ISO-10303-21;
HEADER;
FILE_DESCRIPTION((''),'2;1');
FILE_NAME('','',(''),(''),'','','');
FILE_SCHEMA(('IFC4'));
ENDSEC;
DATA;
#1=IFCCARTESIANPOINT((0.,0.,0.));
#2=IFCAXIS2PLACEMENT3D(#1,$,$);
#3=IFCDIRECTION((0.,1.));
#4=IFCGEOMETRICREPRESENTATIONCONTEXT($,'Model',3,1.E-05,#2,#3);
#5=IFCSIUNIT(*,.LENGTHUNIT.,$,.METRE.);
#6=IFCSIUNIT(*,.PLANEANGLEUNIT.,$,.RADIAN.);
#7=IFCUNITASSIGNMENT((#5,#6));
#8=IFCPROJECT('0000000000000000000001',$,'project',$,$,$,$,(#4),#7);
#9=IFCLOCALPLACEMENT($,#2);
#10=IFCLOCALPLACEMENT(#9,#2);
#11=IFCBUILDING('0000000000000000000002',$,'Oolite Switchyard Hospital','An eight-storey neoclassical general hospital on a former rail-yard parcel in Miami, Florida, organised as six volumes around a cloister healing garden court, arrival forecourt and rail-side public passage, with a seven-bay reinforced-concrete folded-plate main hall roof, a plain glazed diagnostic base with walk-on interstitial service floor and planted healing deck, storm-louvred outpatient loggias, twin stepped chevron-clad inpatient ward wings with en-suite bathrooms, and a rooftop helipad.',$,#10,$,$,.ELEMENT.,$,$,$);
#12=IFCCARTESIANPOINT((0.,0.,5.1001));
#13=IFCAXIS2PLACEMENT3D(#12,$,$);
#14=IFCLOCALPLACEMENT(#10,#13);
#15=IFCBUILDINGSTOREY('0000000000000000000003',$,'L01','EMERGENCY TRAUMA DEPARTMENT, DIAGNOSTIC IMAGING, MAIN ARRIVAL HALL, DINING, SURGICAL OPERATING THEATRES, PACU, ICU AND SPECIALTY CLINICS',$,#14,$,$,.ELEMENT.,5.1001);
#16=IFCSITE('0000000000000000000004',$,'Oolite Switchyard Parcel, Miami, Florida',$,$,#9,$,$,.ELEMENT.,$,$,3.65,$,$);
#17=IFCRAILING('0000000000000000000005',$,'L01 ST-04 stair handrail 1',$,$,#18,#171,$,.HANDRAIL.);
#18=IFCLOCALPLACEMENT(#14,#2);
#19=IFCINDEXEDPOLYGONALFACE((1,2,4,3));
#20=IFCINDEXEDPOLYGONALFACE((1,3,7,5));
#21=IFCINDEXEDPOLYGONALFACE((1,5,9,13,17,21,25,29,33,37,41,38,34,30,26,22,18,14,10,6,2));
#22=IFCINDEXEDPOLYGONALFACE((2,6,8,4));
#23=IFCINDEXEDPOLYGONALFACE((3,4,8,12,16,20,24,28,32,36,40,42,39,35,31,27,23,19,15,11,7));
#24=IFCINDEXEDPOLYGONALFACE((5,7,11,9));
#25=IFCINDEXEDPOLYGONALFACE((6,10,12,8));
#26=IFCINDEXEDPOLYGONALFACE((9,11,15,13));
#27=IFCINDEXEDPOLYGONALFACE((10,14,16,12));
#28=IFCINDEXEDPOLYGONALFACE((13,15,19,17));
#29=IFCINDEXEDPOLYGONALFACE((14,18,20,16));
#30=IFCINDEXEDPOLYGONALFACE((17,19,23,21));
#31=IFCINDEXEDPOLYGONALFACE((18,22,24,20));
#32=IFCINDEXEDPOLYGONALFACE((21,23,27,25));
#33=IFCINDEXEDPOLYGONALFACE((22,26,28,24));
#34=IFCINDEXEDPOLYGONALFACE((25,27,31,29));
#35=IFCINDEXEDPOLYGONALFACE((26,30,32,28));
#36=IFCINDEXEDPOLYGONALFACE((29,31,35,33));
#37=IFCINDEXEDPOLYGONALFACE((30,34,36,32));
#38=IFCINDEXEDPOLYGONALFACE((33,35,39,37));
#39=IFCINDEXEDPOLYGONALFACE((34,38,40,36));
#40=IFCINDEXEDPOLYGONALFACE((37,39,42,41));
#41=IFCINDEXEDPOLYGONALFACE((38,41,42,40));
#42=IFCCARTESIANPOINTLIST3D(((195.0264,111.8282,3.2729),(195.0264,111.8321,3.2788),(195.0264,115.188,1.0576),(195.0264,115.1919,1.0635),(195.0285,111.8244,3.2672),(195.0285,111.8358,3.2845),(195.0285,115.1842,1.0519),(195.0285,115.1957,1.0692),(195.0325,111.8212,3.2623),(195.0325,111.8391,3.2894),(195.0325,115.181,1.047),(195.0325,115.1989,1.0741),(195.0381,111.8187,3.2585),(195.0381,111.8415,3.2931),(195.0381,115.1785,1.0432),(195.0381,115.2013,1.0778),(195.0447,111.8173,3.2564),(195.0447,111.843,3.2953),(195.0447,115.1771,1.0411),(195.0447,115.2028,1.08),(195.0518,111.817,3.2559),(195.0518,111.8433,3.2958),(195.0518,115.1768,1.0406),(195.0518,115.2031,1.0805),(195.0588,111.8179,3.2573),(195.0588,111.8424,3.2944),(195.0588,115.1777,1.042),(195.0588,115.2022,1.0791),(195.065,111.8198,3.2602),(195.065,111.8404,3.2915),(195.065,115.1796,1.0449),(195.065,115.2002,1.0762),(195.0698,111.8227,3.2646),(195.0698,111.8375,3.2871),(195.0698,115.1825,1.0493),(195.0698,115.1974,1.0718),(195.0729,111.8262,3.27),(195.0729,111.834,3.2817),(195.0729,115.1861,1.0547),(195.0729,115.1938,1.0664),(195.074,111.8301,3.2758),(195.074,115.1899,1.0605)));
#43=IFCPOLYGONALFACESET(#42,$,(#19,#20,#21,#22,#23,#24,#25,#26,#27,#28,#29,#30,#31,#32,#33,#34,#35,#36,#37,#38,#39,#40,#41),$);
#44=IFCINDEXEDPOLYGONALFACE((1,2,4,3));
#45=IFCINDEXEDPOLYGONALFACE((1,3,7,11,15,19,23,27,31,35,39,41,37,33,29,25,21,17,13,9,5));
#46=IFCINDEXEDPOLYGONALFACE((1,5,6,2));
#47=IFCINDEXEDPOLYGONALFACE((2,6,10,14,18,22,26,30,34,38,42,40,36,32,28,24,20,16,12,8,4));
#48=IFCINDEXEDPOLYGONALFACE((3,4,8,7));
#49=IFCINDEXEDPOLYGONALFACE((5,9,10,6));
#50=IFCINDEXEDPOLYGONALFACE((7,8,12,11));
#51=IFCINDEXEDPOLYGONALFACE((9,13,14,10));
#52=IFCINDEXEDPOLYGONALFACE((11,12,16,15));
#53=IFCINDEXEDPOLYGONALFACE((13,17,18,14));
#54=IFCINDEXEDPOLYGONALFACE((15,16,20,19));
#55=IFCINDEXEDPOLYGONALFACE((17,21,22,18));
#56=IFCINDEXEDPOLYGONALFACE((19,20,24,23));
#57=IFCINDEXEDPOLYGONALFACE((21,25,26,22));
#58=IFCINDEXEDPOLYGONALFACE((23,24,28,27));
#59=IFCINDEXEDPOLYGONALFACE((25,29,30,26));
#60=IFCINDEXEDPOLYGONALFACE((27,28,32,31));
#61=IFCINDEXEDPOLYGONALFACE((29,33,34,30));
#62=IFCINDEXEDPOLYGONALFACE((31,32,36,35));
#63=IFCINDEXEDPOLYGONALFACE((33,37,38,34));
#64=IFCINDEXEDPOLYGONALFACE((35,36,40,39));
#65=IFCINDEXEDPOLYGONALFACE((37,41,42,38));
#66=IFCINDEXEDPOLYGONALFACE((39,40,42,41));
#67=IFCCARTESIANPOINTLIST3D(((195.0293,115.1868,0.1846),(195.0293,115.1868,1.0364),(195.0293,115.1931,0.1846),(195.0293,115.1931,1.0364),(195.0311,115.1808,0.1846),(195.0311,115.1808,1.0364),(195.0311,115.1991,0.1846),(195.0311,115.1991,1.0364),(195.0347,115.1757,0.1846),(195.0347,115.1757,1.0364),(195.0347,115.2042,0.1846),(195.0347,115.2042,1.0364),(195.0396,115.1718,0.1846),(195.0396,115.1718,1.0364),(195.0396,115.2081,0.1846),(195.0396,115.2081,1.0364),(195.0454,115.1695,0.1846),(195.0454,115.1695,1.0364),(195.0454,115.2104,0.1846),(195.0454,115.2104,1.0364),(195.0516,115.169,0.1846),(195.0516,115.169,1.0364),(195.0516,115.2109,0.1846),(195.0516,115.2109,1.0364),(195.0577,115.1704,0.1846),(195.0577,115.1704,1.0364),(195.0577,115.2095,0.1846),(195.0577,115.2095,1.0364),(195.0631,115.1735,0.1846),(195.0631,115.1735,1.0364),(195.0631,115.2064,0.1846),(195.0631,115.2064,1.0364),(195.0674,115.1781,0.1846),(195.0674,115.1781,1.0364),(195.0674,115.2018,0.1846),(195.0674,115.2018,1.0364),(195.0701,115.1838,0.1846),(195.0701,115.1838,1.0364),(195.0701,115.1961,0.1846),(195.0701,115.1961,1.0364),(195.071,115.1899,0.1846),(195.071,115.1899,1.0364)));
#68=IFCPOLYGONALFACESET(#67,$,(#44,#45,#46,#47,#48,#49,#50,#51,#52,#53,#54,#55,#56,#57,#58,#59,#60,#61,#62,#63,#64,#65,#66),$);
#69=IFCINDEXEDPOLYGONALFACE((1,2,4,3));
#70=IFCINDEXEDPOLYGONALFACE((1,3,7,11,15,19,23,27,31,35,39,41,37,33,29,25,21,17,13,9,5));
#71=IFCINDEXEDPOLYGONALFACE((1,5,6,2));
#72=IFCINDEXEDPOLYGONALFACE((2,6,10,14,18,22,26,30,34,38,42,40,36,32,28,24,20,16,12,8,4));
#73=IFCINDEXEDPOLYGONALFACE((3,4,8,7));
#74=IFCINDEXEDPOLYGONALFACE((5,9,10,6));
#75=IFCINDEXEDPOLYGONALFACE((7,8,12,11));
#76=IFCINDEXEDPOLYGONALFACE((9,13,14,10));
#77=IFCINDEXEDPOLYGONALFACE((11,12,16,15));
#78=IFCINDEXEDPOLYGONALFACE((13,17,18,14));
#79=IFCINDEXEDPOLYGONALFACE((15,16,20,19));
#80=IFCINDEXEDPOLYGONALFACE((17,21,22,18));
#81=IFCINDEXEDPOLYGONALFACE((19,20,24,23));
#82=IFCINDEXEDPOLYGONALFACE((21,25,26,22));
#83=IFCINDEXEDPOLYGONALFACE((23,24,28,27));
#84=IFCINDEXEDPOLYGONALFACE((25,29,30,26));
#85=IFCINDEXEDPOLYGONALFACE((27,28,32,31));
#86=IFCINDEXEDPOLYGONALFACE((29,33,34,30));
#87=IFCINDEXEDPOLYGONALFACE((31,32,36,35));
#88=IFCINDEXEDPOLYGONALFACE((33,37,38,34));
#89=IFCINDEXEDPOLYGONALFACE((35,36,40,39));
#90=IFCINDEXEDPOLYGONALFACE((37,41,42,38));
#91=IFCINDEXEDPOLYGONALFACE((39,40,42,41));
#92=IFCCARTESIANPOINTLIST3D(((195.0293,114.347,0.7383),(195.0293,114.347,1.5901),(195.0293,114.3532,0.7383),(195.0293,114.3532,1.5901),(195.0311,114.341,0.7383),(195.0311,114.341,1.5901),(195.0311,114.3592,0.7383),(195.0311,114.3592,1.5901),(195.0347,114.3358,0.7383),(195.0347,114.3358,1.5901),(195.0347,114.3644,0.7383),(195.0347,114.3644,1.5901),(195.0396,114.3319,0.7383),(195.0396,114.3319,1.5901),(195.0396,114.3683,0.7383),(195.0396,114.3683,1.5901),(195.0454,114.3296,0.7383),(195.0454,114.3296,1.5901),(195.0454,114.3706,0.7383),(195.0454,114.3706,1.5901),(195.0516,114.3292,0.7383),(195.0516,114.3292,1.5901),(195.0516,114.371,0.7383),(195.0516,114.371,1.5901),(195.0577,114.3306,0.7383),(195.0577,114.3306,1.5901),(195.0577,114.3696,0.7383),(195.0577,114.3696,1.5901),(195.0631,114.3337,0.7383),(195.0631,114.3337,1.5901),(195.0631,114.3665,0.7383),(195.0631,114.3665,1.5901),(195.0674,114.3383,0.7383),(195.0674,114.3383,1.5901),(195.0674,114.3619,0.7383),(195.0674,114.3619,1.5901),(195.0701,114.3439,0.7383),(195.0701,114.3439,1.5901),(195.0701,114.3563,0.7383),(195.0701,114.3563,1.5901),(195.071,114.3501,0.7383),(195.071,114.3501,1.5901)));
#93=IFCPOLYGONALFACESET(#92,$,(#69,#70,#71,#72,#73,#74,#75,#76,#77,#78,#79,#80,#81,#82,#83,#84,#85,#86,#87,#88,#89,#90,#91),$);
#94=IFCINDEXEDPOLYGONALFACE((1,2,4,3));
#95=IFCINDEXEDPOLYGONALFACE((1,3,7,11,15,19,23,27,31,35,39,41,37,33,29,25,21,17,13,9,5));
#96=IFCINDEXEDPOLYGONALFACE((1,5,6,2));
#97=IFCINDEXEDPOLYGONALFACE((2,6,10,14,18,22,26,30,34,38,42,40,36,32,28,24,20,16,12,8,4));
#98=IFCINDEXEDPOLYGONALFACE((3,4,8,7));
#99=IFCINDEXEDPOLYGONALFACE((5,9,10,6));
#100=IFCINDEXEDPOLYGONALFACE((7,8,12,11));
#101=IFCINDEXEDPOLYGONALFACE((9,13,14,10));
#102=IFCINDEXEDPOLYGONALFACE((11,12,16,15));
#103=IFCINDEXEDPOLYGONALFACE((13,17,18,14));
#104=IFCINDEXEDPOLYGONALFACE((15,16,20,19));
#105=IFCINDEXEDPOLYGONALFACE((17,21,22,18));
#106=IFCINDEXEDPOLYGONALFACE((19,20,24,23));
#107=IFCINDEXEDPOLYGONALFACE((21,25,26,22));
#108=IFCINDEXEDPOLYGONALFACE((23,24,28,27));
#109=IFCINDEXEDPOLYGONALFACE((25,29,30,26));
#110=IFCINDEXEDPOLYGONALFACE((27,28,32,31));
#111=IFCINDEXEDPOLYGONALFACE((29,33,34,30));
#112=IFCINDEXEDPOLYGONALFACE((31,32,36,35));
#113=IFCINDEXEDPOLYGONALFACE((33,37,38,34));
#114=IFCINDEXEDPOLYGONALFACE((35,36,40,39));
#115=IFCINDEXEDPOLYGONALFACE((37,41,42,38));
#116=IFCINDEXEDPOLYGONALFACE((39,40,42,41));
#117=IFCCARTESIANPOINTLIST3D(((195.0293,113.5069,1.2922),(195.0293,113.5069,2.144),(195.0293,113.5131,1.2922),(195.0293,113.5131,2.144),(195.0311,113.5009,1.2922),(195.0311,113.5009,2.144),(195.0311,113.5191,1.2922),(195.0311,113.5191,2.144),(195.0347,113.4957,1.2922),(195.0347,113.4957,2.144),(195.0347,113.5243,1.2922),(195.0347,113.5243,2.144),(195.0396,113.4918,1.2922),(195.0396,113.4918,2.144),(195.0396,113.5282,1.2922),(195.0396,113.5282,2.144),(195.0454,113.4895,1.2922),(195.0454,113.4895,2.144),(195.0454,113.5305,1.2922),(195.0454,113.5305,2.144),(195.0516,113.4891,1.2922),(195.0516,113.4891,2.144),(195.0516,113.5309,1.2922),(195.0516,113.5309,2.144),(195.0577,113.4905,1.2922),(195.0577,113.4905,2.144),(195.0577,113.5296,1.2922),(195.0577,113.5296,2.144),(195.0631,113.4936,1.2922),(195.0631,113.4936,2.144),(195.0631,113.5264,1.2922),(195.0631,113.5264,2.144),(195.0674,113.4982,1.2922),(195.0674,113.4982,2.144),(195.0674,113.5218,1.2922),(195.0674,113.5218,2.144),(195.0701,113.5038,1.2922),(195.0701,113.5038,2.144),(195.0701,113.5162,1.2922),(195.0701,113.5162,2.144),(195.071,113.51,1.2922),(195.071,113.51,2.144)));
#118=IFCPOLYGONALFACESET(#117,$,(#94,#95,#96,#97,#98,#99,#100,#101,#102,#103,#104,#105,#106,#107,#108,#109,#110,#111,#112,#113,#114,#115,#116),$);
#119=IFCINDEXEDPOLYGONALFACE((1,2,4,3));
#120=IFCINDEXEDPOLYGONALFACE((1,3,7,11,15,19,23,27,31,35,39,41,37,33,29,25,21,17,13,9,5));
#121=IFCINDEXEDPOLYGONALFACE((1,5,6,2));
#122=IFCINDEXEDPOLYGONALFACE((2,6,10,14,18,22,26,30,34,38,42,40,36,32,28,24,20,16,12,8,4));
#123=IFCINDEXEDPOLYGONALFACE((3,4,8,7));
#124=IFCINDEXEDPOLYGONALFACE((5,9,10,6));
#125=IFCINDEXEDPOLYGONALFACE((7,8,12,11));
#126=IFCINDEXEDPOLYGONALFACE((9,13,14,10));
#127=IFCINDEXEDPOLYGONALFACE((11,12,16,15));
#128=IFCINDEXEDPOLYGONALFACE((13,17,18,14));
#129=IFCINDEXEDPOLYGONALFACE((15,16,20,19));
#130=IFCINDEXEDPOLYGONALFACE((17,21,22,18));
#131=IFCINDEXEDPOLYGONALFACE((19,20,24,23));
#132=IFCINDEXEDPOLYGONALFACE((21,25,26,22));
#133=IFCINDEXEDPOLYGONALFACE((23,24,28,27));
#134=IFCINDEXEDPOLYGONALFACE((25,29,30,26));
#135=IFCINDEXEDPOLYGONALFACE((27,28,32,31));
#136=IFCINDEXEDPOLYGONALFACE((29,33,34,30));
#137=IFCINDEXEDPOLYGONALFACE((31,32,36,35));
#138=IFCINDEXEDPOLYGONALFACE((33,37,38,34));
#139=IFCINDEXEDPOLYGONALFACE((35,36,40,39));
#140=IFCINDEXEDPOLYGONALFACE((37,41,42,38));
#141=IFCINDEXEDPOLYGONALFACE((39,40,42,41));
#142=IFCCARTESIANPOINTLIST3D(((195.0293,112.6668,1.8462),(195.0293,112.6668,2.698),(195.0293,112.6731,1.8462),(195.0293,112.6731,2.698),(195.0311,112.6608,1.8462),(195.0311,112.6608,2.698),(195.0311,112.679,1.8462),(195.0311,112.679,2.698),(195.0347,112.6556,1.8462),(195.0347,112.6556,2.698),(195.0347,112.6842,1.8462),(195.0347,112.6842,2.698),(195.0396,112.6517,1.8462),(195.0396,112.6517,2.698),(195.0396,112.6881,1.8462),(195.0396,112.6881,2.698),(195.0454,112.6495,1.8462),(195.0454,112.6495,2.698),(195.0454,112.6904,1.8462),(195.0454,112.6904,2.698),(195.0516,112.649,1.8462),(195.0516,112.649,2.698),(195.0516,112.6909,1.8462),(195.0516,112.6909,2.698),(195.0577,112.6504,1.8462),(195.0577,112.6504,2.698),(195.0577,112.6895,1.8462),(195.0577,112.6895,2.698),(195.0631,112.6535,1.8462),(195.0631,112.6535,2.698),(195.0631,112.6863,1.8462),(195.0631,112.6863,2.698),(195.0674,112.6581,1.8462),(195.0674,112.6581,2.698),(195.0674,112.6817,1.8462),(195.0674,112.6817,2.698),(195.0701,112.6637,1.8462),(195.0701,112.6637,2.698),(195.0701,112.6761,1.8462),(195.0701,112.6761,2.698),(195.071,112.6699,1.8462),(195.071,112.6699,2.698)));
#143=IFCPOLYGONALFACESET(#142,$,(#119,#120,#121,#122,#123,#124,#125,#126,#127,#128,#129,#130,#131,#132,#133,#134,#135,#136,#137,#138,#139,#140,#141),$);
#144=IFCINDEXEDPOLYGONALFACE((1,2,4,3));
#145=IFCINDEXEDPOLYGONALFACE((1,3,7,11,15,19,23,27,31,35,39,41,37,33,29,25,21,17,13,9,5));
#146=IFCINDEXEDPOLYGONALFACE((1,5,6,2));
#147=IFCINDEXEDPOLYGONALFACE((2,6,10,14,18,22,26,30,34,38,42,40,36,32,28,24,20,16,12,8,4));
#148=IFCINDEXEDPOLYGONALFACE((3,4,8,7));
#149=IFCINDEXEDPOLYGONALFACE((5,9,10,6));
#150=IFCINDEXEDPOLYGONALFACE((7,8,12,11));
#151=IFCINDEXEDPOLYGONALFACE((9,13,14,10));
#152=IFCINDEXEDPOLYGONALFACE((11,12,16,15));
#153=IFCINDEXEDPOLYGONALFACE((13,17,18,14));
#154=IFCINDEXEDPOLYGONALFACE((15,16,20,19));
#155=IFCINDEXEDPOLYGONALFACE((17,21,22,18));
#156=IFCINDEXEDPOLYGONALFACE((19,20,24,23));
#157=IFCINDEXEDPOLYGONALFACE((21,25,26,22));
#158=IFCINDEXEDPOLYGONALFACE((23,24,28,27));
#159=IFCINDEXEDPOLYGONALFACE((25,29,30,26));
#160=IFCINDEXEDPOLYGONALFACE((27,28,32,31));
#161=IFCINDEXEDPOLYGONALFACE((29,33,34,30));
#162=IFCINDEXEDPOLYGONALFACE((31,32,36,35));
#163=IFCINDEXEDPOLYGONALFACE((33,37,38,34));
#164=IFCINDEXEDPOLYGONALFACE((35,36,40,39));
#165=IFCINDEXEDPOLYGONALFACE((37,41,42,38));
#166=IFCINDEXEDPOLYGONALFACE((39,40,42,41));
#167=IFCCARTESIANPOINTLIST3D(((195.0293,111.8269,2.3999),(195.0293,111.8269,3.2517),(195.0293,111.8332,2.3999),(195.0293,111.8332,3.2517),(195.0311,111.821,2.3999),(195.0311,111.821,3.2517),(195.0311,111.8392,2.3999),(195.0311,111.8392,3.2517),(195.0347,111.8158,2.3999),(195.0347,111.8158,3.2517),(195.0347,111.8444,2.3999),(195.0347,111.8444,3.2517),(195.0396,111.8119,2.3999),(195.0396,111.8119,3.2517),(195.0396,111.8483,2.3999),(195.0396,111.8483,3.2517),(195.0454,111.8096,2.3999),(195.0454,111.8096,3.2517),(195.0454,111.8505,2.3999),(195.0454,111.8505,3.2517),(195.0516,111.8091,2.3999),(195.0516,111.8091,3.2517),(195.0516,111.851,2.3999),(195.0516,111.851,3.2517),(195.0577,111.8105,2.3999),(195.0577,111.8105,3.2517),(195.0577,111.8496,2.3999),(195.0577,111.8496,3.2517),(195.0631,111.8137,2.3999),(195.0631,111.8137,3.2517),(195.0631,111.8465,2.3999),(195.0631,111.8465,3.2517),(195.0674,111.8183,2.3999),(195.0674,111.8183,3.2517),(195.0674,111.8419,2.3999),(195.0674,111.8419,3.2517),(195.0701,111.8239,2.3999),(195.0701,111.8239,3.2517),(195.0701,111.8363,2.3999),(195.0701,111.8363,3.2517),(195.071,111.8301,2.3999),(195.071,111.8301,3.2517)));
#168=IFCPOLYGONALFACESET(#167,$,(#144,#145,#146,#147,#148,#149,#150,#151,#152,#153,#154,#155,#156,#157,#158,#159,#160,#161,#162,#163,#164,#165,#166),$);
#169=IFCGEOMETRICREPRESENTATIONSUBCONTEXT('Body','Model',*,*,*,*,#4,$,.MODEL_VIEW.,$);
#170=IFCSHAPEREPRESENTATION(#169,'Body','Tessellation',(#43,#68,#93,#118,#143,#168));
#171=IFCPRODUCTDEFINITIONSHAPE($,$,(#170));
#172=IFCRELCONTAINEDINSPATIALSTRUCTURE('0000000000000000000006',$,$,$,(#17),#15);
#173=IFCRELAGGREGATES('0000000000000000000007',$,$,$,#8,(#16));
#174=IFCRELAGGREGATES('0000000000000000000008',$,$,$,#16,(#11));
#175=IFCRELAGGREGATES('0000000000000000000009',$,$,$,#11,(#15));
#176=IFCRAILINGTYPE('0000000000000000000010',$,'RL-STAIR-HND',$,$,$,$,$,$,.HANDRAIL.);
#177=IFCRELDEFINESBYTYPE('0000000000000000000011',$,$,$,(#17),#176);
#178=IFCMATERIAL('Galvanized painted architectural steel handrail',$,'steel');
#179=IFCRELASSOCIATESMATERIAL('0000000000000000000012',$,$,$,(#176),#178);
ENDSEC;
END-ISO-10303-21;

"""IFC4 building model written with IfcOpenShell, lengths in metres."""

from ifc_helpers import new_model, si_unit, direction, frame, origin, origin_2d, place, context, subcontext, project, spatial, circle, extrude, material, type_object, element, save


model = new_model("IFC4")

# Units and contexts
model_context = context("Model", 3, precision=1e-05, world=origin(), true_north=direction((0.0, 1.0)))
body_context = subcontext(model_context, "Body", "Model", "MODEL_VIEW")
ifc_project = project(units=[si_unit("LENGTHUNIT", "METRE"), si_unit("PLANEANGLEUNIT", "RADIAN")], contexts=[model_context])

# Site, building, storey
site_placement = place(None, origin())
site = spatial("IfcSite", under=ifc_project, at=site_placement, Name="Oolite Switchyard Parcel, Miami, Florida", CompositionType="ELEMENT", RefElevation=3.65)
building_placement = place(site_placement, origin())
building = spatial("IfcBuilding", under=site, at=building_placement, Name="Oolite Switchyard Hospital", Description="An eight-storey neoclassical general hospital on a former rail-yard parcel in Miami, Florida, organised as six volumes around a cloister healing garden court, arrival forecourt and rail-side public passage, with a seven-bay reinforced-concrete folded-plate main hall roof, a plain glazed diagnostic base with walk-on interstitial service floor and planted healing deck, storm-louvred outpatient loggias, twin stepped chevron-clad inpatient ward wings with en-suite bathrooms, and a rooftop helipad.", CompositionType="ELEMENT")
storey_placement = place(building_placement, frame((0.0, 0.0, 5.1001)))
storey = spatial("IfcBuildingStorey", under=building, at=storey_placement, Name="L01", Description="EMERGENCY TRAUMA DEPARTMENT, DIAGNOSTIC IMAGING, MAIN ARRIVAL HALL, DINING, SURGICAL OPERATING THEATRES, PACU, ICU AND SPECIALTY CLINICS", CompositionType="ELEMENT", Elevation=5.1001)

# Railing
ifc_material_1 = material(Name="Galvanized painted architectural steel handrail", Category="steel")
railing_type_1 = type_object("IfcRailingType", Name="RL-STAIR-HND", PredefinedType="HANDRAIL", material=ifc_material_1)
railing_1_placement = place(storey_placement, frame((195.05, 115.1899, 0.1846)))
element("IfcRailing", 1, at=railing_1_placement, inside=storey, type_object=railing_type_1, Name="L01 ST-04 stair handrail 1", PredefinedType="HANDRAIL", context=body_context, shape_type="SweptSolid", body=[
    extrude(circle(Radius=0.0239, at=origin_2d()), frame((0.0, 0.0, 0.876), z_axis=(0.0, -0.834858, 0.550465), x_axis=(1.0, 0.0, 0.0)), (0.0, 0.0, 1.0), 4.0244),
    extrude(circle(Radius=0.021, at=origin_2d()), origin(), (0.0, 0.0, 1.0), 0.8518),
    extrude(circle(Radius=0.021, at=origin_2d()), frame((0.0, -0.8398, 0.5537)), (0.0, 0.0, 1.0), 0.8518),
    extrude(circle(Radius=0.021, at=origin_2d()), frame((0.0, -1.6799, 1.1077)), (0.0, 0.0, 1.0), 0.8518),
    extrude(circle(Radius=0.021, at=origin_2d()), frame((0.0, -2.52, 1.6616)), (0.0, 0.0, 1.0), 0.8518),
    extrude(circle(Radius=0.021, at=origin_2d()), frame((0.0, -3.3599, 2.2153)), (0.0, 0.0, 1.0), 0.8518),
])

save(model, "model.ifc")
